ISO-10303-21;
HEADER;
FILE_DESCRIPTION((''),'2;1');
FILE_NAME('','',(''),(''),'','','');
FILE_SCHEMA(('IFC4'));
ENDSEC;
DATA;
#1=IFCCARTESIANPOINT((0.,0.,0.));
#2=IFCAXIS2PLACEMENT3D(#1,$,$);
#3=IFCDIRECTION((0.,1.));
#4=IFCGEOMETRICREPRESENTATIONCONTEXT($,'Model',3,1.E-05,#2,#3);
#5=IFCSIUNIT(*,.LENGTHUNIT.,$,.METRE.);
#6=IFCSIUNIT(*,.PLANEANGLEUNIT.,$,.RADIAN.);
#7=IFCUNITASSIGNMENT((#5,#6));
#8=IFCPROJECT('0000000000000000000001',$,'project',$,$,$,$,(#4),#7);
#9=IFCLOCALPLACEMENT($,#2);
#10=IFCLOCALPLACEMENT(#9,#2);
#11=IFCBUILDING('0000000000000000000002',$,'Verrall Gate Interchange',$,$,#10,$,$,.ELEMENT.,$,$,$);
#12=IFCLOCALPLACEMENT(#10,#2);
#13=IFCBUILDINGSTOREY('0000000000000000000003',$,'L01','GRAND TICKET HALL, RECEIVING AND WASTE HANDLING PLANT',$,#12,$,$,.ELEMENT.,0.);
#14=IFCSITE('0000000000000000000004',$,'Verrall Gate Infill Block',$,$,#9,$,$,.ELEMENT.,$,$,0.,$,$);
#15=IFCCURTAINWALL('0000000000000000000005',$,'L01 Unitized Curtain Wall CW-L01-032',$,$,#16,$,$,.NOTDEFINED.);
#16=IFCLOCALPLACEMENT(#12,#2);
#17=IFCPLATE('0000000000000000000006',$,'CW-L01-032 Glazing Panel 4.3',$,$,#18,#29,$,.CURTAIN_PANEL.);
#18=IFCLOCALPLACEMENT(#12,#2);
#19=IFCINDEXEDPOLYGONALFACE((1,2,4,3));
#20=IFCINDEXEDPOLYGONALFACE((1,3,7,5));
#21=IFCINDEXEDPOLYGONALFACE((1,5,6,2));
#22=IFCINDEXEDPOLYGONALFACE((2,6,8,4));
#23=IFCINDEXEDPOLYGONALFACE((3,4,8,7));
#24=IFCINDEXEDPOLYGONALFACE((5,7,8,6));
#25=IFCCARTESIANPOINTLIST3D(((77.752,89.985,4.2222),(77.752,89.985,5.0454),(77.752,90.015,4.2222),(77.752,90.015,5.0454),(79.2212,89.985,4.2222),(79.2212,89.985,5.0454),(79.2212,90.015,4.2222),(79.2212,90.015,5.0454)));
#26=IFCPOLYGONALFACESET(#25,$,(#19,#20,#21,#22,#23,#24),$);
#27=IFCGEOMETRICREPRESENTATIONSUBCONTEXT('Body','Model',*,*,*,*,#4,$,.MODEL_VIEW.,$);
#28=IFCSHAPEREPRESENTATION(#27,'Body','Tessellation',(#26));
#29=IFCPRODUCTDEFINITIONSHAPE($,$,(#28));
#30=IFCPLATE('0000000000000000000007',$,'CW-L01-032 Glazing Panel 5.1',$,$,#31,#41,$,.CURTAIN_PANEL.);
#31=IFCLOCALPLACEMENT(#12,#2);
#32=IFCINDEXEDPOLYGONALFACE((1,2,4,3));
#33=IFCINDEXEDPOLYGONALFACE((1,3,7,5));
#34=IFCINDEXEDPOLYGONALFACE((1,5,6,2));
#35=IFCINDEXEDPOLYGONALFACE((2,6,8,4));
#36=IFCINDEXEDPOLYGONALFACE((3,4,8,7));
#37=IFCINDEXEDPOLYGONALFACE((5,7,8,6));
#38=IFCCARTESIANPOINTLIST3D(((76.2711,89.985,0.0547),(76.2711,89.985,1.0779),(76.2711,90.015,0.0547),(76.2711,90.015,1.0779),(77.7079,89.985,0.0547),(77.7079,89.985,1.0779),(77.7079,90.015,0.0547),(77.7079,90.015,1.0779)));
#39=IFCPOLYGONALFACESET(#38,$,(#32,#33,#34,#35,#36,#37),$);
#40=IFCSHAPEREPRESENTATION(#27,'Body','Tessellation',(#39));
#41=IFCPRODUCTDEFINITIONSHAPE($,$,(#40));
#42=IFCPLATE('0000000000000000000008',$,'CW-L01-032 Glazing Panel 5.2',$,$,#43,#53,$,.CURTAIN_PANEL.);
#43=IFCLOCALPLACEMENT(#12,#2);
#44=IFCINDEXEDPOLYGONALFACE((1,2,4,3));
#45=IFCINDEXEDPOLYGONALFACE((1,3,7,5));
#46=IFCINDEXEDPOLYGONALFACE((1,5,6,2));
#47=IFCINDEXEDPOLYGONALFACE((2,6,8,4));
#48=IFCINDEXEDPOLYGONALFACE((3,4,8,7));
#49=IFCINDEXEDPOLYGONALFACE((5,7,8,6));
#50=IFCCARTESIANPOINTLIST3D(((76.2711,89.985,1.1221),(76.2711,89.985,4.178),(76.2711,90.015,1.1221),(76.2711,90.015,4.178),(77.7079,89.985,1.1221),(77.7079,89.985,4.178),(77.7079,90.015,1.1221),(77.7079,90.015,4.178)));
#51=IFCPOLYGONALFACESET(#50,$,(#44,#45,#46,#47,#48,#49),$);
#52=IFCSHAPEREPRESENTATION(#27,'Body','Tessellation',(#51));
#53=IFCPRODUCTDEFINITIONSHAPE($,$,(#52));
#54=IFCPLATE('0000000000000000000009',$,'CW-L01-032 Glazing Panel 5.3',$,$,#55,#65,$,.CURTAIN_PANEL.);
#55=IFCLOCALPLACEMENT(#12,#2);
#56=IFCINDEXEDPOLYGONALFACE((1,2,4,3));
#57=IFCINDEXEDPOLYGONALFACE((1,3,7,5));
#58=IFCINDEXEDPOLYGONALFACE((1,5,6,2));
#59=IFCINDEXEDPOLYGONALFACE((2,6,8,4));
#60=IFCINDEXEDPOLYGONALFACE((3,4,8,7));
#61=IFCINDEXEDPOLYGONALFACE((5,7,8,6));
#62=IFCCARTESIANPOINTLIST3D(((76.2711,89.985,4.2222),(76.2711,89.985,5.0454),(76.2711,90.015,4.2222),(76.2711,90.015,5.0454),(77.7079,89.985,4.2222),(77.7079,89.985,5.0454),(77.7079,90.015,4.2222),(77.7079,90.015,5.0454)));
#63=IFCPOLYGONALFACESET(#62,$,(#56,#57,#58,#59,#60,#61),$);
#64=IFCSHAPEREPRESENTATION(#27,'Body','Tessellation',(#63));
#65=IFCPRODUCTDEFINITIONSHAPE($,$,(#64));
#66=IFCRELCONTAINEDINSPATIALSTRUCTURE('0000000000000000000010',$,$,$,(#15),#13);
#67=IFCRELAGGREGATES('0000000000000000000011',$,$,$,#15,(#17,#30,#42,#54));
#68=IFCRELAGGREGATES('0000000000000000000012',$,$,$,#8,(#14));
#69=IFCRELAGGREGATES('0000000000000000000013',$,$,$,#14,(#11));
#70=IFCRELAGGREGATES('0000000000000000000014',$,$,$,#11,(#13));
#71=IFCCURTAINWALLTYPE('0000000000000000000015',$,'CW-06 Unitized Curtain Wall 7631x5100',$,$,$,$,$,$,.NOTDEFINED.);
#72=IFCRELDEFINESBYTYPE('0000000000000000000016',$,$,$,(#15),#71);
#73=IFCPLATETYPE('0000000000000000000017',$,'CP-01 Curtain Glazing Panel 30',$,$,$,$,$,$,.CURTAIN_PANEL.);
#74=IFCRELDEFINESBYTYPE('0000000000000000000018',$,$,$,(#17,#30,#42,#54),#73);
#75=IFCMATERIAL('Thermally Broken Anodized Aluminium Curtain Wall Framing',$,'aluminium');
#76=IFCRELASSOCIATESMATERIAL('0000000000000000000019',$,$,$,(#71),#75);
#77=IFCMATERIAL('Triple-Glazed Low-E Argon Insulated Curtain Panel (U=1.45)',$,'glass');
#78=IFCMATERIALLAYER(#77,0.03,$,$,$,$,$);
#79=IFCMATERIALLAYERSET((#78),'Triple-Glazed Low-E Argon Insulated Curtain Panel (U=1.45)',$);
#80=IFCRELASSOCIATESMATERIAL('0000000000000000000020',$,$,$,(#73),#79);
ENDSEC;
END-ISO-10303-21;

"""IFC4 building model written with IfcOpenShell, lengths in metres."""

from ifc_helpers import new_model, si_unit, direction, frame, origin, origin_2d, place, context, subcontext, project, spatial, rectangle, extrude, material, layer, layer_set, type_object, element, aggregate, save


model = new_model("IFC4")

# Units and contexts
model_context = context("Model", 3, precision=1e-05, world=origin(), true_north=direction((0.0, 1.0)))
body_context = subcontext(model_context, "Body", "Model", "MODEL_VIEW")
ifc_project = project(units=[si_unit("LENGTHUNIT", "METRE"), si_unit("PLANEANGLEUNIT", "RADIAN")], contexts=[model_context])

# Site, building, storey
site_placement = place(None, origin())
site = spatial("IfcSite", under=ifc_project, at=site_placement, Name="Verrall Gate Infill Block", CompositionType="ELEMENT", RefElevation=0.0)
building_placement = place(site_placement, origin())
building = spatial("IfcBuilding", under=site, at=building_placement, Name="Verrall Gate Interchange", CompositionType="ELEMENT")
storey_placement = place(building_placement, origin())
storey = spatial("IfcBuildingStorey", under=building, at=storey_placement, Name="L01", Description="GRAND TICKET HALL, RECEIVING AND WASTE HANDLING PLANT", CompositionType="ELEMENT", Elevation=0.0)

# Curtain wall
ifc_material_1 = material(Name="Thermally Broken Anodized Aluminium Curtain Wall Framing", Category="aluminium")
curtain_wall_type = type_object("IfcCurtainWallType", Name="CW-06 Unitized Curtain Wall 7631x5100", PredefinedType="NOTDEFINED", material=ifc_material_1)
curtain_wall_1_placement = place(storey_placement, origin())
curtain_wall_1 = element("IfcCurtainWall", 1, at=curtain_wall_1_placement, inside=storey, type_object=curtain_wall_type, Name="L01 Unitized Curtain Wall CW-L01-032", PredefinedType="NOTDEFINED")

# Plates
ifc_material_2 = material(Name="Triple-Glazed Low-E Argon Insulated Curtain Panel (U=1.45)", Category="glass")
ifc_layer_1 = layer(ifc_material_2, 0.03)
ifc_layer_set_1 = layer_set([ifc_layer_1], Name="Triple-Glazed Low-E Argon Insulated Curtain Panel (U=1.45)")
plate_type_1 = type_object("IfcPlateType", Name="CP-01 Curtain Glazing Panel 30", PredefinedType="CURTAIN_PANEL", material=ifc_layer_set_1)
plate_1_placement = place(storey_placement, frame((78.4866, 90.0, 4.2222), z_axis=(0.0, 0.0, 1.0), x_axis=(-1.0, 0.0, 0.0)))
plate_1 = element("IfcPlate", 2, at=plate_1_placement, type_object=plate_type_1, Name="CW-L01-032 Glazing Panel 4.3", PredefinedType="CURTAIN_PANEL", context=body_context, shape_type="SweptSolid", body=[
    extrude(rectangle(XDim=1.4692, YDim=0.03, at=origin_2d()), origin(), (0.0, 0.0, 1.0), 0.8232),
])
plate_2_placement = place(storey_placement, frame((76.9895, 90.0, 0.0547), z_axis=(0.0, 0.0, 1.0), x_axis=(-1.0, 0.0, 0.0)))
plate_2 = element("IfcPlate", 3, at=plate_2_placement, type_object=plate_type_1, Name="CW-L01-032 Glazing Panel 5.1", PredefinedType="CURTAIN_PANEL", context=body_context, shape_type="SweptSolid", body=[
    extrude(rectangle(XDim=1.4368, YDim=0.03, at=origin_2d()), origin(), (0.0, 0.0, 1.0), 1.0232),
])
plate_3_placement = place(storey_placement, frame((76.9895, 90.0, 1.1221), z_axis=(0.0, 0.0, 1.0), x_axis=(-1.0, 0.0, 0.0)))
plate_3 = element("IfcPlate", 4, at=plate_3_placement, type_object=plate_type_1, Name="CW-L01-032 Glazing Panel 5.2", PredefinedType="CURTAIN_PANEL", context=body_context, shape_type="SweptSolid", body=[
    extrude(rectangle(XDim=1.4368, YDim=0.03, at=origin_2d()), origin(), (0.0, 0.0, 1.0), 3.0559),
])
plate_4_placement = place(storey_placement, frame((76.9895, 90.0, 4.2222), z_axis=(0.0, 0.0, 1.0), x_axis=(-1.0, 0.0, 0.0)))
plate_4 = element("IfcPlate", 5, at=plate_4_placement, type_object=plate_type_1, Name="CW-L01-032 Glazing Panel 5.3", PredefinedType="CURTAIN_PANEL", context=body_context, shape_type="SweptSolid", body=[
    extrude(rectangle(XDim=1.4368, YDim=0.03, at=origin_2d()), origin(), (0.0, 0.0, 1.0), 0.8232),
])
aggregate(curtain_wall_1, [plate_1, plate_2, plate_3, plate_4])

save(model, "model.ifc")
